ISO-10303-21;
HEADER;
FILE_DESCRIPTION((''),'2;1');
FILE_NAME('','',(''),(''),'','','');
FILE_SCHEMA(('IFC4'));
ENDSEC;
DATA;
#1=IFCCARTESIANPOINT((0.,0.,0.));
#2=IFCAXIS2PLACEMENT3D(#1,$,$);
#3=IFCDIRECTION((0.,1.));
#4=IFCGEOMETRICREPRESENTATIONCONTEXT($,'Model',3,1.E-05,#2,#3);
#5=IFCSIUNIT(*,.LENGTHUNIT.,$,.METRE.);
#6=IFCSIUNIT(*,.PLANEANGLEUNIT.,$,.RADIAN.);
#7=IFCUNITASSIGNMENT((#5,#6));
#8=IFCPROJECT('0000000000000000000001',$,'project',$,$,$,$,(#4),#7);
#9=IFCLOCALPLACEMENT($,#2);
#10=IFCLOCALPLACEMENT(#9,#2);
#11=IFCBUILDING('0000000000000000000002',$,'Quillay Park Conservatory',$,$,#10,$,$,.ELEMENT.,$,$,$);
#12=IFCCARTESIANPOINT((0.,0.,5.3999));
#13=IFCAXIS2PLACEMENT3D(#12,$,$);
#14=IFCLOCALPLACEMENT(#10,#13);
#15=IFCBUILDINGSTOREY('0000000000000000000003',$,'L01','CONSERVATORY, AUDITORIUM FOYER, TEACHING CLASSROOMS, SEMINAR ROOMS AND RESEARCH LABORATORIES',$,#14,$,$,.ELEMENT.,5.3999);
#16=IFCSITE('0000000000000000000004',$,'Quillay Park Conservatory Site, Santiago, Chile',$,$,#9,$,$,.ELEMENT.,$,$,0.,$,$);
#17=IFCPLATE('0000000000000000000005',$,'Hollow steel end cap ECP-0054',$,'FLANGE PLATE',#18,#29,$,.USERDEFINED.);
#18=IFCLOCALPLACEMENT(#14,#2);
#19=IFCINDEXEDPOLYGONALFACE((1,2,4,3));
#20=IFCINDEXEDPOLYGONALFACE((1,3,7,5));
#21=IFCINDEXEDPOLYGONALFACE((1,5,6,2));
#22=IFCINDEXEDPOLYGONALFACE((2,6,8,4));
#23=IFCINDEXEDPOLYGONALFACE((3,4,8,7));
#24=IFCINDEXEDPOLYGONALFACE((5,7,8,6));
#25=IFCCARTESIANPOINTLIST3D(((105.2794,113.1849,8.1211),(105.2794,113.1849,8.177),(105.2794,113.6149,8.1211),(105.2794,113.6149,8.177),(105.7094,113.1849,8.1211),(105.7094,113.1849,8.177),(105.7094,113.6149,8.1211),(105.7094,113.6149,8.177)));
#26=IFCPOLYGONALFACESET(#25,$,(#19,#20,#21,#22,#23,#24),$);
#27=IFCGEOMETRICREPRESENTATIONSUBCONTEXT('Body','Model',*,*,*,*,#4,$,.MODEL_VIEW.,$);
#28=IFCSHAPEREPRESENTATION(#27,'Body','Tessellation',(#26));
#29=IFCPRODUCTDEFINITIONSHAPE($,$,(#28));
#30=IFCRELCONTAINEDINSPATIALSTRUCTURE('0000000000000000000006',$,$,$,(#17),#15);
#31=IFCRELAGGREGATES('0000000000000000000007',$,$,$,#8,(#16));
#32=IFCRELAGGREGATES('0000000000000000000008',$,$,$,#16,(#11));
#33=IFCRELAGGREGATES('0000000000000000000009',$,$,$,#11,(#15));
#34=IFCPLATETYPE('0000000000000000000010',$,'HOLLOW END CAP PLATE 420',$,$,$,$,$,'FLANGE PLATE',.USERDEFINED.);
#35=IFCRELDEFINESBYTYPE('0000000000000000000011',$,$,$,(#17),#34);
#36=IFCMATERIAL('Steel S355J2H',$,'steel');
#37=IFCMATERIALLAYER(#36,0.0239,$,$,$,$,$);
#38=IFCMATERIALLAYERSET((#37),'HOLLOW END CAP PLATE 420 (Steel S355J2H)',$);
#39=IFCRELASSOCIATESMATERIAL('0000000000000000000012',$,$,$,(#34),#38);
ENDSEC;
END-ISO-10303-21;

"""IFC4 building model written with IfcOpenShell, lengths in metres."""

from ifc_helpers import new_model, si_unit, direction, frame, origin, origin_2d, place, context, subcontext, project, spatial, rectangle, extrude, material, layer, layer_set, type_object, element, save


model = new_model("IFC4")

# Units and contexts
model_context = context("Model", 3, precision=1e-05, world=origin(), true_north=direction((0.0, 1.0)))
body_context = subcontext(model_context, "Body", "Model", "MODEL_VIEW")
ifc_project = project(units=[si_unit("LENGTHUNIT", "METRE"), si_unit("PLANEANGLEUNIT", "RADIAN")], contexts=[model_context])

# Site, building, storey
site_placement = place(None, origin())
site = spatial("IfcSite", under=ifc_project, at=site_placement, Name="Quillay Park Conservatory Site, Santiago, Chile", CompositionType="ELEMENT", RefElevation=0.0)
building_placement = place(site_placement, origin())
building = spatial("IfcBuilding", under=site, at=building_placement, Name="Quillay Park Conservatory", CompositionType="ELEMENT")
storey_placement = place(building_placement, frame((0.0, 0.0, 5.3999)))
storey = spatial("IfcBuildingStorey", under=building, at=storey_placement, Name="L01", Description="CONSERVATORY, AUDITORIUM FOYER, TEACHING CLASSROOMS, SEMINAR ROOMS AND RESEARCH LABORATORIES", CompositionType="ELEMENT", Elevation=5.3999)

# Plate
ifc_material_1 = material(Name="Steel S355J2H", Category="steel")
ifc_layer_1 = layer(ifc_material_1, 0.0239)
ifc_layer_set_1 = layer_set([ifc_layer_1], Name="HOLLOW END CAP PLATE 420 (Steel S355J2H)")
plate_type_1 = type_object("IfcPlateType", Name="HOLLOW END CAP PLATE 420", ElementType="FLANGE PLATE", PredefinedType="USERDEFINED", material=ifc_layer_set_1)
plate_1_placement = place(storey_placement, frame((105.4944, 113.3999, 8.1211), z_axis=(0.0, 0.0, 1.0), x_axis=(1.0, 0.0, 0.0)))
element("IfcPlate", 1, at=plate_1_placement, inside=storey, type_object=plate_type_1, Name="Hollow steel end cap ECP-0054", ObjectType="FLANGE PLATE", PredefinedType="USERDEFINED", context=body_context, shape_type="SweptSolid", body=[
    extrude(rectangle(XDim=0.4299, YDim=0.4299, at=origin_2d()), origin(), (0.0, 0.0, 1.0), 0.0559),
])

save(model, "model.ifc")
